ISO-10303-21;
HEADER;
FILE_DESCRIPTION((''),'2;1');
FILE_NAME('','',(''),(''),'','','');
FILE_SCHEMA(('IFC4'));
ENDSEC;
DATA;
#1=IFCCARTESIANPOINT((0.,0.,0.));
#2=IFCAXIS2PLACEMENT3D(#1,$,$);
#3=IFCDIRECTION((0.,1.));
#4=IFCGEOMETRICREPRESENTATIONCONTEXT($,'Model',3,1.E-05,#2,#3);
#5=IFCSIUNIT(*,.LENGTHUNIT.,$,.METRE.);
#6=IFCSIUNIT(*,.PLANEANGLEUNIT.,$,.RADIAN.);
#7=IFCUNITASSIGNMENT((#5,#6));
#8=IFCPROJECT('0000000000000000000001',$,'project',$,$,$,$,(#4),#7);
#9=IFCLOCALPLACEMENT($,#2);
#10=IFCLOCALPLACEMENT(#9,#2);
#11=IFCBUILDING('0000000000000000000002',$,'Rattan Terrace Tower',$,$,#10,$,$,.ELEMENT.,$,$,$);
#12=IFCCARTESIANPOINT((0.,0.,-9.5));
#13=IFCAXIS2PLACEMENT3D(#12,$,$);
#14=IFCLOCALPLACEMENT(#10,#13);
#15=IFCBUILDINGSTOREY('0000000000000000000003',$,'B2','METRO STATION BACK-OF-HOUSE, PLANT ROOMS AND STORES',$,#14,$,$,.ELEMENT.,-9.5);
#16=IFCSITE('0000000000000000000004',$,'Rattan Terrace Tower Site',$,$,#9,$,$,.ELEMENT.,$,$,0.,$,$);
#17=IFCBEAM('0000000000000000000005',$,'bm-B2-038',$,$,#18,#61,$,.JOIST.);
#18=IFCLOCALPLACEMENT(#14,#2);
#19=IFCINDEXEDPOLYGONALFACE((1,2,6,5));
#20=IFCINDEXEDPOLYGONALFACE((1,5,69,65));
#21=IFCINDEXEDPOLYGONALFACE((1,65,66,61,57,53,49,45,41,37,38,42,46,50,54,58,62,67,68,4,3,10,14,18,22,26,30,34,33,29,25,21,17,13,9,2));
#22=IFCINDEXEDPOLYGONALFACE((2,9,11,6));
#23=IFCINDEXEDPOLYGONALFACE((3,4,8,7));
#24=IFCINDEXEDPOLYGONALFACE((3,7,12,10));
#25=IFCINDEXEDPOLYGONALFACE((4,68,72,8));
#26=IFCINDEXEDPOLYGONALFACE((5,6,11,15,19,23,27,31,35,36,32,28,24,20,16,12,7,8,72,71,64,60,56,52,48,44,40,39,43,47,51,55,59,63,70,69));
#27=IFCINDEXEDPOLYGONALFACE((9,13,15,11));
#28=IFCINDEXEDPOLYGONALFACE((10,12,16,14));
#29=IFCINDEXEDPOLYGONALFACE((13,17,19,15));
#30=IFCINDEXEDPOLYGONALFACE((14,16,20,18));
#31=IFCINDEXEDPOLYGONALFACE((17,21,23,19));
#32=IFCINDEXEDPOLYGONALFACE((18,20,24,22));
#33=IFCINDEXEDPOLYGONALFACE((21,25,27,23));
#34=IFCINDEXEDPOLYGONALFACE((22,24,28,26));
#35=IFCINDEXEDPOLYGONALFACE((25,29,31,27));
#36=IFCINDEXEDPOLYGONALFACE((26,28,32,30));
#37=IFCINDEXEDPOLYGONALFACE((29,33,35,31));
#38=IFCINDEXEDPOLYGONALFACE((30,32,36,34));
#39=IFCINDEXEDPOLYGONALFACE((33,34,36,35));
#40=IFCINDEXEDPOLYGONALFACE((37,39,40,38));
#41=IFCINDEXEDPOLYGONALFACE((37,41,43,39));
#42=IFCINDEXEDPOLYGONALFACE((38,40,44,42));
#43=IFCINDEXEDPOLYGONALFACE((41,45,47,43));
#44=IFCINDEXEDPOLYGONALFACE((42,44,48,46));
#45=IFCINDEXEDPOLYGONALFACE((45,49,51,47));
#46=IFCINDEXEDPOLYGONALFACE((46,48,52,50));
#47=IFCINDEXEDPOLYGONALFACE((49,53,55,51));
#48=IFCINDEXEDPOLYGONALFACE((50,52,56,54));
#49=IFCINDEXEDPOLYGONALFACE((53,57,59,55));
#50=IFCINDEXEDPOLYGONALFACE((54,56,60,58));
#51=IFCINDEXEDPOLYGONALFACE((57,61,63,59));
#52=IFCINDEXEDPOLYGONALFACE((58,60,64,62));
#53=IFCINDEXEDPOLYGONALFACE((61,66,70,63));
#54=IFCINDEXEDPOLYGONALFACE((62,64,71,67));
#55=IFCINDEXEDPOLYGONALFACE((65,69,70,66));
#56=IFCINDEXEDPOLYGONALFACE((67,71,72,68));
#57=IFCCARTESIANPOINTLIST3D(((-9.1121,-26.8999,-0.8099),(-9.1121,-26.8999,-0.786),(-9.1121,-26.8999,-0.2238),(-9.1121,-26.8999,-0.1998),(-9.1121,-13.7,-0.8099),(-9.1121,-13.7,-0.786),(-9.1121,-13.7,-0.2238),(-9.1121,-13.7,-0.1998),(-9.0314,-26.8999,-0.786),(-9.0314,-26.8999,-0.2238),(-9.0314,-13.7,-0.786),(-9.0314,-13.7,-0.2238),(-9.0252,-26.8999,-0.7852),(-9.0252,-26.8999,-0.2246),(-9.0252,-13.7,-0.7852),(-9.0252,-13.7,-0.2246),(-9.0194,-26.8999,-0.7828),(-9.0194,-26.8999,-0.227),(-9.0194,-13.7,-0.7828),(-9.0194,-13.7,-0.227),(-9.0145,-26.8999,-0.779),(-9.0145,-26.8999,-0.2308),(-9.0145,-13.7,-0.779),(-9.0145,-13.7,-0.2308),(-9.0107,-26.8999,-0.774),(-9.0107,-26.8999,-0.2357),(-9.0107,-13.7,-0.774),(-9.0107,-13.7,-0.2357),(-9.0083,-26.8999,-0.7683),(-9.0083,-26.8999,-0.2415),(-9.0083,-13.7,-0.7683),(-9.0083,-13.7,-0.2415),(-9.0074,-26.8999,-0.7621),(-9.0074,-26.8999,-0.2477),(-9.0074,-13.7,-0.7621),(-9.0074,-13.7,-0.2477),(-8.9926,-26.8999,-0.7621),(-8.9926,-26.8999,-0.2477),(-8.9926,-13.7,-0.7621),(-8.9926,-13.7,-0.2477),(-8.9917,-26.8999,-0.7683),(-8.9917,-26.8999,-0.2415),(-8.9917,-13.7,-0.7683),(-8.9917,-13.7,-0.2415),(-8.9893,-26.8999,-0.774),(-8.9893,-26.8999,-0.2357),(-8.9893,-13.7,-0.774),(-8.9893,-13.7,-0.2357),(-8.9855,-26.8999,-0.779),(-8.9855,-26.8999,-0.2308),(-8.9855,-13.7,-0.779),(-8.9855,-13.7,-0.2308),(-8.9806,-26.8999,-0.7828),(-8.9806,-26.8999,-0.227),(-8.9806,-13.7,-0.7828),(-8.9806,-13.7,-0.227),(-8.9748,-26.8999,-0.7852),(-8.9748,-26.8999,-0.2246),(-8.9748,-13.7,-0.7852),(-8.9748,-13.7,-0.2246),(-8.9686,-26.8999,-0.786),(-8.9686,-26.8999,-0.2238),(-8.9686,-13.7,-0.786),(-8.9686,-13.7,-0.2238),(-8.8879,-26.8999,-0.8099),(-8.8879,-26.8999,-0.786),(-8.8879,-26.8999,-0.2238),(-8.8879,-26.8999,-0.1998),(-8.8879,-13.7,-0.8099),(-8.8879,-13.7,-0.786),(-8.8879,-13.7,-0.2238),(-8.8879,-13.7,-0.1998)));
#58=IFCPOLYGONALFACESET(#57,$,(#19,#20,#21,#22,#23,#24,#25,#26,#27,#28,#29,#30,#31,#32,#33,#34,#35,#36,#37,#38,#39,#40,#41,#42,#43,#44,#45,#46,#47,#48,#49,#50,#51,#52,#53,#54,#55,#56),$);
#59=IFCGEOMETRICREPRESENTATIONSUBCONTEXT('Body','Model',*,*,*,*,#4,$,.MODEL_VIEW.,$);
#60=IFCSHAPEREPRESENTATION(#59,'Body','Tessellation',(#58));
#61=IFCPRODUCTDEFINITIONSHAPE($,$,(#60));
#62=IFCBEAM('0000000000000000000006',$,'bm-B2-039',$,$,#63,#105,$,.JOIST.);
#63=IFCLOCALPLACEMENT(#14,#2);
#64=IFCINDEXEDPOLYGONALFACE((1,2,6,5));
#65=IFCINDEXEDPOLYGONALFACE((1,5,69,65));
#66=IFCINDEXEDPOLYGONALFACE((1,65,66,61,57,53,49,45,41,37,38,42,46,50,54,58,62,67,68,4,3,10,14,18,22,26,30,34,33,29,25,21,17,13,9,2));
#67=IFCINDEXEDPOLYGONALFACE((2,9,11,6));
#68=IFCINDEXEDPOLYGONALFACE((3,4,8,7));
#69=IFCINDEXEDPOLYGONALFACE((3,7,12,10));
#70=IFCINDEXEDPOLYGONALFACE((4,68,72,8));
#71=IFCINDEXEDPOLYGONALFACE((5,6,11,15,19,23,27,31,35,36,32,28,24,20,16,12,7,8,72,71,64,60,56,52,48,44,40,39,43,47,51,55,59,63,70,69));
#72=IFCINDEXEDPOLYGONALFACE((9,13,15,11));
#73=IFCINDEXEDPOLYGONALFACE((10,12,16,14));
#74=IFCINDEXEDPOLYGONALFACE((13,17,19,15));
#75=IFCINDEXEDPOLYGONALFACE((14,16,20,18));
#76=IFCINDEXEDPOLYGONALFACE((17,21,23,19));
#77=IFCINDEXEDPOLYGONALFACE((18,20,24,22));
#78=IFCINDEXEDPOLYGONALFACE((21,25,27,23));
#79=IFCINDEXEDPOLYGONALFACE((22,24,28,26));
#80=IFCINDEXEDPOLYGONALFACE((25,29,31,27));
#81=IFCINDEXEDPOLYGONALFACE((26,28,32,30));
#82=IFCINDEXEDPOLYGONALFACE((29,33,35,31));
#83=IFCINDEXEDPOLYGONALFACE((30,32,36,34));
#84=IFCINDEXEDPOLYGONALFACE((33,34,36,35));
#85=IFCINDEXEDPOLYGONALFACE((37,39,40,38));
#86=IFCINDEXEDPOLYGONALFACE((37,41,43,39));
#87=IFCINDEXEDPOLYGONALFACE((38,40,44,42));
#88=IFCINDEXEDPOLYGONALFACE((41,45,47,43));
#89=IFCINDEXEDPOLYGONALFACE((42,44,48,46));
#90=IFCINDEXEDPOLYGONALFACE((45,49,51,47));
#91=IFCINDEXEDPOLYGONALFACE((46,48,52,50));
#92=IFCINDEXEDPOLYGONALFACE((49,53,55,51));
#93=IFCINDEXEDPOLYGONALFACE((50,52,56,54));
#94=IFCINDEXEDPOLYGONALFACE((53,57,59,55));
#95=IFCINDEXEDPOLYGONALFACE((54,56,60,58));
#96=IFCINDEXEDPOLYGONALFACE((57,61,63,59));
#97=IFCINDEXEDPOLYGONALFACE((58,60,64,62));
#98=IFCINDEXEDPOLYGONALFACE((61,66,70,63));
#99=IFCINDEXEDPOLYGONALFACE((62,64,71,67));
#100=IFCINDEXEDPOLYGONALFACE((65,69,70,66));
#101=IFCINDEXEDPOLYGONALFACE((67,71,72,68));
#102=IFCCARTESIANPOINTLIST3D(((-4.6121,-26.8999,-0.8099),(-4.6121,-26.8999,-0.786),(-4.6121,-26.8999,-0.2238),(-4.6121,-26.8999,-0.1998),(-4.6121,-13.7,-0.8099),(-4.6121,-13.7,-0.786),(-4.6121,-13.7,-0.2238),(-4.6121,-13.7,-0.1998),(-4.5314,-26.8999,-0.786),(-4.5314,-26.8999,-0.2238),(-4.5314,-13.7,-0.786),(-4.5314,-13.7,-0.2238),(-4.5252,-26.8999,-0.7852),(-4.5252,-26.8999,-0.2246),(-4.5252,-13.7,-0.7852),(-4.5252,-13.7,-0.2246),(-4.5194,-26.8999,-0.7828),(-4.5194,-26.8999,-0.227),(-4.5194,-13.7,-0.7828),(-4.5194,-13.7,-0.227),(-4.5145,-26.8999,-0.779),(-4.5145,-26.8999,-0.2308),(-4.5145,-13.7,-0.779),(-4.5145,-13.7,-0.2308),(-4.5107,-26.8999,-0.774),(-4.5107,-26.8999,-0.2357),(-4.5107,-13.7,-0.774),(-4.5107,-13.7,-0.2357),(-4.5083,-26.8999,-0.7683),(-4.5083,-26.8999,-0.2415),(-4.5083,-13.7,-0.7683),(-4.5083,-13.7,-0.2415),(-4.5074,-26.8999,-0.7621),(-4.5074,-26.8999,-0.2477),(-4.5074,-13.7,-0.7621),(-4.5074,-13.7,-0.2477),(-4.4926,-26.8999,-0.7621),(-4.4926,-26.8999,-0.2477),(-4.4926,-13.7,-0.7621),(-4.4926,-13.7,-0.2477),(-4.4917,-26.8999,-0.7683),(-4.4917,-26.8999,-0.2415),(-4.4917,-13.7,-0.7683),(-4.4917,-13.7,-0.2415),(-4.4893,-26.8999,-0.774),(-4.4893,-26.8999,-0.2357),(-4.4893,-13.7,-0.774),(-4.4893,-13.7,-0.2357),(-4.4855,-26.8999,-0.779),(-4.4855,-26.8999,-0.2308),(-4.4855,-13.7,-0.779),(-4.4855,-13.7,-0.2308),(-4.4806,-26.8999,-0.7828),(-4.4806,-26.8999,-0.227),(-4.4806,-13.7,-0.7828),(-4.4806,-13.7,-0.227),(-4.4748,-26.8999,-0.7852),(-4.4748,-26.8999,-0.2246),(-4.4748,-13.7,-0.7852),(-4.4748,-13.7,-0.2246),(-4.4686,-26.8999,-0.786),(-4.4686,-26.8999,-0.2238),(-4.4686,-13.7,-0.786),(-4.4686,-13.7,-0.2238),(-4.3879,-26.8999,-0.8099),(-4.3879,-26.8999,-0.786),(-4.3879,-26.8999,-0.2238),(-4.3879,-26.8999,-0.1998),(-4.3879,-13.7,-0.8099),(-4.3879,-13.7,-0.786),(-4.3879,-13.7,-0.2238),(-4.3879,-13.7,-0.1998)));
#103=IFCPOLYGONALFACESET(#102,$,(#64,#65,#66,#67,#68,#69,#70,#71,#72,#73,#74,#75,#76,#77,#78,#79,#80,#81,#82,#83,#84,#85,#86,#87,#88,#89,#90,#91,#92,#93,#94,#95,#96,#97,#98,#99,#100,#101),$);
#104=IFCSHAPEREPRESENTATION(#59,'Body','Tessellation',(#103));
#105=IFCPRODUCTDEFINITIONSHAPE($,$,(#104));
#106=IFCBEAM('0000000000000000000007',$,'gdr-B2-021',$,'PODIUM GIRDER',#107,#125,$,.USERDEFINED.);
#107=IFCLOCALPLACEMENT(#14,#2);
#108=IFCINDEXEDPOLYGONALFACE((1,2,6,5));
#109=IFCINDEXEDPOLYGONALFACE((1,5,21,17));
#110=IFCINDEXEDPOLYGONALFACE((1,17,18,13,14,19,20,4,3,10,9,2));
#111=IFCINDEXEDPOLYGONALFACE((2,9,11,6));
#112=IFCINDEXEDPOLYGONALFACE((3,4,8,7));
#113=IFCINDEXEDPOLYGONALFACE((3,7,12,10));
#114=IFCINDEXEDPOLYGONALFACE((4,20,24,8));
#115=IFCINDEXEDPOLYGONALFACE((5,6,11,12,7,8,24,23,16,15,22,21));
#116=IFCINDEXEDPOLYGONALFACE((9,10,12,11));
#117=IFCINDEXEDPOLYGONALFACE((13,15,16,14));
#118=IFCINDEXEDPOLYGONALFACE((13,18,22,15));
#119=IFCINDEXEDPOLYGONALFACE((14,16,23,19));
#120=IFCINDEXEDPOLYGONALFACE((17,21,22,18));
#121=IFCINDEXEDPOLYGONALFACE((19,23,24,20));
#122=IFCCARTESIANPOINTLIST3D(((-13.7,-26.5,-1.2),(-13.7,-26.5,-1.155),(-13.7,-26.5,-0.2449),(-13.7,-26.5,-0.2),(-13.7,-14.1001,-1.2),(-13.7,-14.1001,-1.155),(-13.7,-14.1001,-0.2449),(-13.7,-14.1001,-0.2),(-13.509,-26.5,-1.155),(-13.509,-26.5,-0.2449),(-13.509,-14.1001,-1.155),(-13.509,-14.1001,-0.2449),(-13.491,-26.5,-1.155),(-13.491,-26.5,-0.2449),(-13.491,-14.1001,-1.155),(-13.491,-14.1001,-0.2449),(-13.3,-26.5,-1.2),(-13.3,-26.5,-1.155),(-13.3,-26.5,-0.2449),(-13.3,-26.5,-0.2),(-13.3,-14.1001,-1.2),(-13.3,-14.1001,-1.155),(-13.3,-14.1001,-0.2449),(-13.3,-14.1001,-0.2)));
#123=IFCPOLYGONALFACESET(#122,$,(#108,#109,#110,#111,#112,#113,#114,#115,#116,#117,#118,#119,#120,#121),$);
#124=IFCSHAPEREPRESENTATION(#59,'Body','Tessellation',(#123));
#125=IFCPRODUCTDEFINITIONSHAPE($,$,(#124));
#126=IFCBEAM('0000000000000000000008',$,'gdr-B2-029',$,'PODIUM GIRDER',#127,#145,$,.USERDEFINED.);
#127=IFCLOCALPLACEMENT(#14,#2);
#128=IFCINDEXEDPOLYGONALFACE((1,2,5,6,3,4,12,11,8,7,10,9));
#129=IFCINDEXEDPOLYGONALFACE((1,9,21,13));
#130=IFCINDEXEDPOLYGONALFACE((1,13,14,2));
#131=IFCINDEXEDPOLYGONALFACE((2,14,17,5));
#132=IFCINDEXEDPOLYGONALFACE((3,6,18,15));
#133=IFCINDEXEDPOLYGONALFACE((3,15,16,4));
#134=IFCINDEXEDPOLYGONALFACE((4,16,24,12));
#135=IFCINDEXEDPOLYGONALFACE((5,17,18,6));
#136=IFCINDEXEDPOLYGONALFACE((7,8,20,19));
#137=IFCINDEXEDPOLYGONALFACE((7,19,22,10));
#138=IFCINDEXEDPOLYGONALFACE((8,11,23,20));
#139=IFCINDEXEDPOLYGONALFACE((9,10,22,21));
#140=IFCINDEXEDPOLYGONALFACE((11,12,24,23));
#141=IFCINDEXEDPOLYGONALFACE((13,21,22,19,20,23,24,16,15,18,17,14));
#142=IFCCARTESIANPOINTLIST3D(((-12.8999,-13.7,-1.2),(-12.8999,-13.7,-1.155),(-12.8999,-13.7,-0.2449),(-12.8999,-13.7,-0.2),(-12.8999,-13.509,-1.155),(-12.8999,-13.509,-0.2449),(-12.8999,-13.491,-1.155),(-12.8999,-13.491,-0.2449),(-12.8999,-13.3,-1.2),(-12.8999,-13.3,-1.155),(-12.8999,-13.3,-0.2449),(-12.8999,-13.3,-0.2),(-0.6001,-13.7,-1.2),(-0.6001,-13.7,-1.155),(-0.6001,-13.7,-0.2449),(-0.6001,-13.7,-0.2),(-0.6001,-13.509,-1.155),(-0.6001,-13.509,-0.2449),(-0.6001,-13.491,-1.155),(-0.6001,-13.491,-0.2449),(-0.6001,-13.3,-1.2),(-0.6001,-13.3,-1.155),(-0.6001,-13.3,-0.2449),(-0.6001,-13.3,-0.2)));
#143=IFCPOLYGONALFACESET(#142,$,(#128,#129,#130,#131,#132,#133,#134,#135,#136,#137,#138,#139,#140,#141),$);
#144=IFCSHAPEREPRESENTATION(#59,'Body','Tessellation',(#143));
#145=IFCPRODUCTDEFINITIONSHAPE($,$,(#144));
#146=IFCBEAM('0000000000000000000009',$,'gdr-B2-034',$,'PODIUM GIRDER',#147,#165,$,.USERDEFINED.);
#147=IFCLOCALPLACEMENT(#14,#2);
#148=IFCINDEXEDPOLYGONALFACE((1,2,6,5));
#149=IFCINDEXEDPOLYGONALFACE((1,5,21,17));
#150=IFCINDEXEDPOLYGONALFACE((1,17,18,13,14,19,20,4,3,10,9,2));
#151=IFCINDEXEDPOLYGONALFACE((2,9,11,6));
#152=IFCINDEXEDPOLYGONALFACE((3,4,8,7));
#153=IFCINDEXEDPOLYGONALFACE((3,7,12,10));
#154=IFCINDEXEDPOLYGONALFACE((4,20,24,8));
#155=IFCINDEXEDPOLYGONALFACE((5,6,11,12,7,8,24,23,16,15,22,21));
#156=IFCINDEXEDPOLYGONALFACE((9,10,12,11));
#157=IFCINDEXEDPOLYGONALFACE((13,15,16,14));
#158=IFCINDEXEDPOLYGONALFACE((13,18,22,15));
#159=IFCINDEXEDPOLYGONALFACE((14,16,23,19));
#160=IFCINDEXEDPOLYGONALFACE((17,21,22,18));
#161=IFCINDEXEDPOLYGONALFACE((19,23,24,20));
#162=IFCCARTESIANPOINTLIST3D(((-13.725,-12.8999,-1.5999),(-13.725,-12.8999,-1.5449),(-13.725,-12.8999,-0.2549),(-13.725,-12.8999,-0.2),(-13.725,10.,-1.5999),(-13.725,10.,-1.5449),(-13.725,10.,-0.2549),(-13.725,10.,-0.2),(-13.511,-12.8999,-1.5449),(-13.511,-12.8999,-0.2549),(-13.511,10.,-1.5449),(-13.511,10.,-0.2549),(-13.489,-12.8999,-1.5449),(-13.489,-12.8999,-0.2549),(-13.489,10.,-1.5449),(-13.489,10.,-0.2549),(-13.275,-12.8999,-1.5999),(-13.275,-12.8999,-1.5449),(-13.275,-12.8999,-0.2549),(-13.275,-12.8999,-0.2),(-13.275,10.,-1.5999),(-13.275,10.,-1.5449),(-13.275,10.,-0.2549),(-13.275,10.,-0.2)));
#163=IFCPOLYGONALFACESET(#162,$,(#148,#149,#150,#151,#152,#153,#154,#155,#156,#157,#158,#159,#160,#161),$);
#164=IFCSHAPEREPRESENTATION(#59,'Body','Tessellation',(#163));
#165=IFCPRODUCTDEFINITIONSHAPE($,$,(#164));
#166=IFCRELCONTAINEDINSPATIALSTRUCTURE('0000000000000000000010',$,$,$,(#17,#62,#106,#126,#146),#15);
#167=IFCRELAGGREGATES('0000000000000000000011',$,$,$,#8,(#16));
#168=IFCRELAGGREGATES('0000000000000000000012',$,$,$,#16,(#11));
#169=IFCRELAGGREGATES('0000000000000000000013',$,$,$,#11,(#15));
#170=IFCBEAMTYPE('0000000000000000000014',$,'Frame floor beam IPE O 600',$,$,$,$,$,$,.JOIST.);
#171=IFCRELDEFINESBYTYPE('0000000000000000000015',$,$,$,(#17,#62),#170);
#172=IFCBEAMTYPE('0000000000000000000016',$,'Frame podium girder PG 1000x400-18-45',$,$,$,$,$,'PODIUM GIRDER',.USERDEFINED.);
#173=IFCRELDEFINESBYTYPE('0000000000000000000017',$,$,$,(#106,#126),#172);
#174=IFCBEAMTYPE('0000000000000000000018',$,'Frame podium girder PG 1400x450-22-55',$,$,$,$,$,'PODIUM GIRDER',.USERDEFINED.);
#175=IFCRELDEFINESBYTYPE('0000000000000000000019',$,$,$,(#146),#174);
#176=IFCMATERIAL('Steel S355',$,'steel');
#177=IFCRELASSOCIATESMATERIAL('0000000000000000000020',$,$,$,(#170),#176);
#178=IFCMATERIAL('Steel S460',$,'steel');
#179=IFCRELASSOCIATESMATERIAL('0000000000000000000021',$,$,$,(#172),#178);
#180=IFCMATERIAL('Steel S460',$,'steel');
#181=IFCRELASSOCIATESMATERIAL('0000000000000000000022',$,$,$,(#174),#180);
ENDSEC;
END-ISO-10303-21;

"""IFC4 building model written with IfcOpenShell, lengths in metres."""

from ifc_helpers import new_model, si_unit, direction, frame, origin, origin_2d, place, context, subcontext, project, spatial, i_section, extrude, material, material_profile, profile_set, type_object, element, save


model = new_model("IFC4")

# Units and contexts
model_context = context("Model", 3, precision=1e-05, world=origin(), true_north=direction((0.0, 1.0)))
body_context = subcontext(model_context, "Body", "Model", "MODEL_VIEW")
ifc_project = project(units=[si_unit("LENGTHUNIT", "METRE"), si_unit("PLANEANGLEUNIT", "RADIAN")], contexts=[model_context])

# Site, building, storey
site_placement = place(None, origin())
site = spatial("IfcSite", under=ifc_project, at=site_placement, Name="Rattan Terrace Tower Site", CompositionType="ELEMENT", RefElevation=0.0)
building_placement = place(site_placement, origin())
building = spatial("IfcBuilding", under=site, at=building_placement, Name="Rattan Terrace Tower", CompositionType="ELEMENT")
storey_placement = place(building_placement, frame((0.0, 0.0, -9.5)))
storey = spatial("IfcBuildingStorey", under=building, at=storey_placement, Name="B2", Description="METRO STATION BACK-OF-HOUSE, PLANT ROOMS AND STORES", CompositionType="ELEMENT", Elevation=-9.5)

# Beams
ifc_material_1 = material(Name="Steel S355", Category="steel")
ifc_material_profile_1 = material_profile(ifc_material_1, i_section(OverallWidth=0.2241, OverallDepth=0.6101, WebThickness=0.0149, FlangeThickness=0.0239, FilletRadius=0.0239, at=origin_2d()), Name="IPE O 600")
ifc_profile_set_1 = profile_set([ifc_material_profile_1], Name="Steel S355")
beam_type_1 = type_object("IfcBeamType", Name="Frame floor beam IPE O 600", PredefinedType="JOIST", material=ifc_profile_set_1)
for number, where, z_axis, x_axis, name in (
    (1, (-9.0, -26.8999, -0.5049), (0.0, 1.0, 0.0), (-1.0, 0.0, 0.0), "bm-B2-038"),
    (2, (-4.5, -26.8999, -0.5049), (0.0, 1.0, 0.0), (-1.0, 0.0, 0.0), "bm-B2-039"),
):
    element("IfcBeam", number, at=place(storey_placement, frame(where, z_axis=z_axis, x_axis=x_axis)), inside=storey, type_object=beam_type_1, Name=name, PredefinedType="JOIST", context=body_context, shape_type="SweptSolid", body=[
        extrude(i_section(OverallWidth=0.2241, OverallDepth=0.6101, WebThickness=0.0149, FlangeThickness=0.0239, FilletRadius=0.0239, at=origin_2d()), origin(), (0.0, 0.0, 1.0), 13.2),
    ])
ifc_material_2 = material(Name="Steel S460", Category="steel")
ifc_material_profile_2 = material_profile(ifc_material_2, i_section(OverallWidth=0.3999, OverallDepth=1.0, WebThickness=0.0181, FlangeThickness=0.0449, at=origin_2d()), Name="PG 1000x400-18-45")
ifc_profile_set_2 = profile_set([ifc_material_profile_2], Name="Steel S460")
beam_type_2 = type_object("IfcBeamType", Name="Frame podium girder PG 1000x400-18-45", ElementType="PODIUM GIRDER", PredefinedType="USERDEFINED", material=ifc_profile_set_2)
beam_1_placement = place(storey_placement, frame((-13.5, -26.5, -0.7), z_axis=(0.0, 1.0, 0.0), x_axis=(-1.0, 0.0, 0.0)))
element("IfcBeam", 3, at=beam_1_placement, inside=storey, type_object=beam_type_2, Name="gdr-B2-021", ObjectType="PODIUM GIRDER", PredefinedType="USERDEFINED", context=body_context, shape_type="SweptSolid", body=[
    extrude(i_section(OverallWidth=0.3999, OverallDepth=1.0, WebThickness=0.0181, FlangeThickness=0.0449, at=origin_2d()), origin(), (0.0, 0.0, 1.0), 12.3999),
])
beam_2_placement = place(storey_placement, frame((-12.8999, -13.5, -0.7), z_axis=(1.0, 0.0, 0.0), x_axis=(0.0, 1.0, 0.0)))
element("IfcBeam", 4, at=beam_2_placement, inside=storey, type_object=beam_type_2, Name="gdr-B2-029", ObjectType="PODIUM GIRDER", PredefinedType="USERDEFINED", context=body_context, shape_type="SweptSolid", body=[
    extrude(i_section(OverallWidth=0.3999, OverallDepth=1.0, WebThickness=0.0181, FlangeThickness=0.0449, at=origin_2d()), origin(), (0.0, 0.0, 1.0), 12.2998),
])
ifc_material_3 = material(Name="Steel S460", Category="steel")
ifc_material_profile_3 = material_profile(ifc_material_3, i_section(OverallWidth=0.45, OverallDepth=1.3999, WebThickness=0.022, FlangeThickness=0.0549, at=origin_2d()), Name="PG 1400x450-22-55")
ifc_profile_set_3 = profile_set([ifc_material_profile_3], Name="Steel S460")
beam_type_3 = type_object("IfcBeamType", Name="Frame podium girder PG 1400x450-22-55", ElementType="PODIUM GIRDER", PredefinedType="USERDEFINED", material=ifc_profile_set_3)
beam_3_placement = place(storey_placement, frame((-13.5, -12.8999, -0.8999), z_axis=(0.0, 1.0, 0.0), x_axis=(-1.0, 0.0, 0.0)))
element("IfcBeam", 5, at=beam_3_placement, inside=storey, type_object=beam_type_3, Name="gdr-B2-034", ObjectType="PODIUM GIRDER", PredefinedType="USERDEFINED", context=body_context, shape_type="SweptSolid", body=[
    extrude(i_section(OverallWidth=0.45, OverallDepth=1.3999, WebThickness=0.022, FlangeThickness=0.0549, at=origin_2d()), origin(), (0.0, 0.0, 1.0), 22.8999),
])

save(model, "model.ifc")
